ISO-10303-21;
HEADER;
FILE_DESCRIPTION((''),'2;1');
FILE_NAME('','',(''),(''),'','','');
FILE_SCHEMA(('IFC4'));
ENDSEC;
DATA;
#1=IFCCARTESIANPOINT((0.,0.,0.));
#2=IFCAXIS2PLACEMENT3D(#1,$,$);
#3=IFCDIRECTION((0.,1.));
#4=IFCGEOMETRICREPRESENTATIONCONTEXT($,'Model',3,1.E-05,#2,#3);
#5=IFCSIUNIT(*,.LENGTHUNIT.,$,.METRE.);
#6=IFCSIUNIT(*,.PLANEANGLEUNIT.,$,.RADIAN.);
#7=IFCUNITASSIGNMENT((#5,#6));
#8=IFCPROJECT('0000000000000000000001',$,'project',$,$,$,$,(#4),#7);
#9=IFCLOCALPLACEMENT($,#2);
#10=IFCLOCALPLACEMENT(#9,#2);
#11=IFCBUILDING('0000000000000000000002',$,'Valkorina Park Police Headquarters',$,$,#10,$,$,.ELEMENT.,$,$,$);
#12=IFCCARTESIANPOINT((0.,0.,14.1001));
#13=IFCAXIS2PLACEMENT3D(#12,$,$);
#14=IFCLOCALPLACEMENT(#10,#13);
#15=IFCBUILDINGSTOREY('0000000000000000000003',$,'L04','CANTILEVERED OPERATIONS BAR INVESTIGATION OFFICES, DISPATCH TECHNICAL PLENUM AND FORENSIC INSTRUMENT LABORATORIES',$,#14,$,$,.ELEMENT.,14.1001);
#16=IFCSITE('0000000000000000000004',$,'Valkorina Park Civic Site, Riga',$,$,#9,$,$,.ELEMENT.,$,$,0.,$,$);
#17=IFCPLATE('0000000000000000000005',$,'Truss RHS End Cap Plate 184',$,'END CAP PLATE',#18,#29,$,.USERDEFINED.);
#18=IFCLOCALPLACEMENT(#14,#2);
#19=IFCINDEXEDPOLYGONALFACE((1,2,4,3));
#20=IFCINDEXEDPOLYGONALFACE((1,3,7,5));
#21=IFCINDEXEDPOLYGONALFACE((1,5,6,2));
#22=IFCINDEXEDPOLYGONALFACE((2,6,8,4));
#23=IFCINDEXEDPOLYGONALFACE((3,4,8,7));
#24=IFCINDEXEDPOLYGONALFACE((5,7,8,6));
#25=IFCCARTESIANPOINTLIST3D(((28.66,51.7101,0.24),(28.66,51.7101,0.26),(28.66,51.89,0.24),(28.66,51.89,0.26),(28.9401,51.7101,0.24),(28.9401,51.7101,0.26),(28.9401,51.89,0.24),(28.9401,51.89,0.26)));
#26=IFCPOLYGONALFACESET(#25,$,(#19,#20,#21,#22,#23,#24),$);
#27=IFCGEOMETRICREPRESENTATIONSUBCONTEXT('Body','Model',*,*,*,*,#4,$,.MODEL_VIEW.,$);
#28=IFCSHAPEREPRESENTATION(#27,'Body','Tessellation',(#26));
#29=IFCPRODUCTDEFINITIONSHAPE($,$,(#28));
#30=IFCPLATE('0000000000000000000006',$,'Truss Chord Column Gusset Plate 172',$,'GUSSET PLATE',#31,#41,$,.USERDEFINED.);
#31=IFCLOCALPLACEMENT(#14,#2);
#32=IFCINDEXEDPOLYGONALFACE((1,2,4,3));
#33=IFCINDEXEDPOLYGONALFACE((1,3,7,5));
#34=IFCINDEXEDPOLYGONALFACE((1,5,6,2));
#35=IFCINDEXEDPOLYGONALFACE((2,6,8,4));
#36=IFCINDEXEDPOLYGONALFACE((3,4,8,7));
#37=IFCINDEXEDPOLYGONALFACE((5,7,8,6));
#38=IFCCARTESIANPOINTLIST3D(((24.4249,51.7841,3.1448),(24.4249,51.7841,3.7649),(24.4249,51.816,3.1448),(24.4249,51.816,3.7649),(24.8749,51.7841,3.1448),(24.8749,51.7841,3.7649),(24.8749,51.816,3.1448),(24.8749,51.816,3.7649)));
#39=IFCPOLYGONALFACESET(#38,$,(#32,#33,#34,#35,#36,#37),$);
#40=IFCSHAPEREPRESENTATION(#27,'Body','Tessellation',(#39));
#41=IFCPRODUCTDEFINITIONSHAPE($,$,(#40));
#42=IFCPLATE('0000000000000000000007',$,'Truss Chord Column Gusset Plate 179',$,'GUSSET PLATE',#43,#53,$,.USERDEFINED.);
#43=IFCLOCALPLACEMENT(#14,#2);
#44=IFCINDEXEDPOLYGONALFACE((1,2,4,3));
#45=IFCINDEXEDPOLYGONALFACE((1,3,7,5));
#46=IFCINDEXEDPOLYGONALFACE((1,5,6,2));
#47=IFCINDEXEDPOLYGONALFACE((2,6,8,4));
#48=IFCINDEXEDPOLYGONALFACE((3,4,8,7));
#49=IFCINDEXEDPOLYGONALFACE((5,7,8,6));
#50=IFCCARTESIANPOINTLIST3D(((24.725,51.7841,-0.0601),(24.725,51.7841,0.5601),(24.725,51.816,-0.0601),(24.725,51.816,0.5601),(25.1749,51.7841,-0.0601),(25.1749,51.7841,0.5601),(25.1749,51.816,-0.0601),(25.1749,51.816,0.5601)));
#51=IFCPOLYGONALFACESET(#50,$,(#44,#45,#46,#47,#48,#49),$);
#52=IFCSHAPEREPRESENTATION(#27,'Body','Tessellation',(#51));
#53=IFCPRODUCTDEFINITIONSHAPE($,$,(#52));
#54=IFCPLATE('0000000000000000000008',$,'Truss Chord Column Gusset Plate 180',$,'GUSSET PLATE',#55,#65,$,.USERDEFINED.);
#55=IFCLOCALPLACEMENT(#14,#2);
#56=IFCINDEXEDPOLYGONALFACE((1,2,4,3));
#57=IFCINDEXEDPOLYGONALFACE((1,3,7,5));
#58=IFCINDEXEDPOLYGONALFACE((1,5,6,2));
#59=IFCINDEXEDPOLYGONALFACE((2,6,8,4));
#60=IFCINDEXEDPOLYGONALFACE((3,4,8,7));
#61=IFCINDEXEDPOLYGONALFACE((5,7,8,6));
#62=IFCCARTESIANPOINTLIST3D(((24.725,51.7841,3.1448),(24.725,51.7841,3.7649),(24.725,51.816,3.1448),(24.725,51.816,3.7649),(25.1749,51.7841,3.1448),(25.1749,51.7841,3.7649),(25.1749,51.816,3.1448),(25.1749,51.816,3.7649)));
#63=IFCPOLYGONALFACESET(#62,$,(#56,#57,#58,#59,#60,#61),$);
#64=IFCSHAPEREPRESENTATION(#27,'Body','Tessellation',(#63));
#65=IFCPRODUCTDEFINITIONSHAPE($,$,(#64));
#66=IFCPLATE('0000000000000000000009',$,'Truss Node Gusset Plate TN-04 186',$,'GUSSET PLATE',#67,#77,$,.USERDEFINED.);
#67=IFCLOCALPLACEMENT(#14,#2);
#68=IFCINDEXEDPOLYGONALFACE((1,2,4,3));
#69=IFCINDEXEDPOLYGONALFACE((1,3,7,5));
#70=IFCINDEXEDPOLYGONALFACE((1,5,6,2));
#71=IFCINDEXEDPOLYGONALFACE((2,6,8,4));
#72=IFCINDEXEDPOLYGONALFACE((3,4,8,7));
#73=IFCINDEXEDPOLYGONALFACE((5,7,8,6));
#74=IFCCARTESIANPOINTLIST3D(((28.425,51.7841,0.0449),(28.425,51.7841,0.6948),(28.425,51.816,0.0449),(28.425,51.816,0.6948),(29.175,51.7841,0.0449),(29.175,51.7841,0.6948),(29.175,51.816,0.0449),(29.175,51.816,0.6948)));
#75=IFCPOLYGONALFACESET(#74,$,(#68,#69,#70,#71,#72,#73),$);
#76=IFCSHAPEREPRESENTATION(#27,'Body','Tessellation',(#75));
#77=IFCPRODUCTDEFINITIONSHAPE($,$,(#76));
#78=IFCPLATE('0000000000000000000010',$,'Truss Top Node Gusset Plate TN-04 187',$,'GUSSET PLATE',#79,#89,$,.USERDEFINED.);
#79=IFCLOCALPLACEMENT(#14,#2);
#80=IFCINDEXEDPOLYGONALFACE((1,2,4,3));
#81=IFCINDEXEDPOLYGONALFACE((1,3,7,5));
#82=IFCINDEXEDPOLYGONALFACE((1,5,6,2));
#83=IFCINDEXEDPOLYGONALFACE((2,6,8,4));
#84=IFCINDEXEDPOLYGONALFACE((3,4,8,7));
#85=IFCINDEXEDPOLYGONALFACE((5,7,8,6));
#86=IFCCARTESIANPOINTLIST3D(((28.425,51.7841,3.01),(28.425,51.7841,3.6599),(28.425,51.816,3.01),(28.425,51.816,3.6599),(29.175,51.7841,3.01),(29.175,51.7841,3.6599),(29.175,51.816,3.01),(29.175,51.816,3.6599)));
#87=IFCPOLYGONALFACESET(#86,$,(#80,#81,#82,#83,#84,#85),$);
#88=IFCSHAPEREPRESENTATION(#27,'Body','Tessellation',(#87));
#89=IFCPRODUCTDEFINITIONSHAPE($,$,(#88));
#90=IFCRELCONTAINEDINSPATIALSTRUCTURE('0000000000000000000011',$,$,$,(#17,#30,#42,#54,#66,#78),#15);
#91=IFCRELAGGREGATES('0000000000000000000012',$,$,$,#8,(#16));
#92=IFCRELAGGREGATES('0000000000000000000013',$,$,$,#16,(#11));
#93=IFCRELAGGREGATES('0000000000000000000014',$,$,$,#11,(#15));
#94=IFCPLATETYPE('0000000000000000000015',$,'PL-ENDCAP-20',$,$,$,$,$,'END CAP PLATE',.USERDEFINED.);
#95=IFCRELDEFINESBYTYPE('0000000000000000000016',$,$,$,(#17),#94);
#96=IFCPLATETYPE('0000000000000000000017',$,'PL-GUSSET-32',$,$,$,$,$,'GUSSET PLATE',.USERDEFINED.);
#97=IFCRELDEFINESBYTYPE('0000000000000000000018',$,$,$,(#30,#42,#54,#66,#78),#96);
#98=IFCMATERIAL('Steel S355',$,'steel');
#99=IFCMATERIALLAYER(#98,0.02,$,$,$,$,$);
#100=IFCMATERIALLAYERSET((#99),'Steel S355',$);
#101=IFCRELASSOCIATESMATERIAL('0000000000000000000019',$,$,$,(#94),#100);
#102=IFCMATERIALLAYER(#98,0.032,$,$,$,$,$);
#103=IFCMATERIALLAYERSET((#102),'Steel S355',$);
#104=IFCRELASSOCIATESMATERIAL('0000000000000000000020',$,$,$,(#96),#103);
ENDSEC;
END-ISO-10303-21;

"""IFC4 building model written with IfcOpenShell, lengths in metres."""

from ifc_helpers import new_model, si_unit, direction, frame, origin, origin_2d, place, context, subcontext, project, spatial, rectangle, extrude, material, layer, layer_set, type_object, element, save


model = new_model("IFC4")

# Units and contexts
model_context = context("Model", 3, precision=1e-05, world=origin(), true_north=direction((0.0, 1.0)))
body_context = subcontext(model_context, "Body", "Model", "MODEL_VIEW")
ifc_project = project(units=[si_unit("LENGTHUNIT", "METRE"), si_unit("PLANEANGLEUNIT", "RADIAN")], contexts=[model_context])

# Site, building, storey
site_placement = place(None, origin())
site = spatial("IfcSite", under=ifc_project, at=site_placement, Name="Valkorina Park Civic Site, Riga", CompositionType="ELEMENT", RefElevation=0.0)
building_placement = place(site_placement, origin())
building = spatial("IfcBuilding", under=site, at=building_placement, Name="Valkorina Park Police Headquarters", CompositionType="ELEMENT")
storey_placement = place(building_placement, frame((0.0, 0.0, 14.1001)))
storey = spatial("IfcBuildingStorey", under=building, at=storey_placement, Name="L04", Description="CANTILEVERED OPERATIONS BAR INVESTIGATION OFFICES, DISPATCH TECHNICAL PLENUM AND FORENSIC INSTRUMENT LABORATORIES", CompositionType="ELEMENT", Elevation=14.1001)

# Shared definitions
ifc_material = material(Name="Steel S355", Category="steel")

# Plates
ifc_layer_1 = layer(ifc_material, 0.02)
ifc_layer_set_1 = layer_set([ifc_layer_1], Name="Steel S355")
plate_type_1 = type_object("IfcPlateType", Name="PL-ENDCAP-20", ElementType="END CAP PLATE", PredefinedType="USERDEFINED", material=ifc_layer_set_1)
for number, where, z_axis, x_axis, name in (
    (1, (28.8, 51.8, 0.24), (0.0, 0.0, 1.0), (1.0, 0.0, 0.0), "Truss RHS End Cap Plate 184"),
):
    element("IfcPlate", number, at=place(storey_placement, frame(where, z_axis=z_axis, x_axis=x_axis)), inside=storey, type_object=plate_type_1, Name=name, ObjectType="END CAP PLATE", PredefinedType="USERDEFINED", context=body_context, shape_type="SweptSolid", body=[
        extrude(rectangle(XDim=0.28, YDim=0.1799, at=origin_2d()), origin(), (0.0, 0.0, 1.0), 0.02),
    ])
ifc_layer_2 = layer(ifc_material, 0.032)
ifc_layer_set_2 = layer_set([ifc_layer_2], Name="Steel S355")
plate_type_2 = type_object("IfcPlateType", Name="PL-GUSSET-32", ElementType="GUSSET PLATE", PredefinedType="USERDEFINED", material=ifc_layer_set_2)
for number, where, z_axis, x_axis, name in (
    (2, (24.6499, 51.8, 3.1448), (0.0, 0.0, 1.0), (1.0, 0.0, 0.0), "Truss Chord Column Gusset Plate 172"),
    (3, (24.95, 51.8, -0.0601), (0.0, 0.0, 1.0), (1.0, 0.0, 0.0), "Truss Chord Column Gusset Plate 179"),
    (4, (24.95, 51.8, 3.1448), (0.0, 0.0, 1.0), (1.0, 0.0, 0.0), "Truss Chord Column Gusset Plate 180"),
):
    element("IfcPlate", number, at=place(storey_placement, frame(where, z_axis=z_axis, x_axis=x_axis)), inside=storey, type_object=plate_type_2, Name=name, ObjectType="GUSSET PLATE", PredefinedType="USERDEFINED", context=body_context, shape_type="SweptSolid", body=[
        extrude(rectangle(XDim=0.45, YDim=0.032, at=origin_2d()), origin(), (0.0, 0.0, 1.0), 0.6201),
    ])
for number, where, z_axis, x_axis, name in (
    (5, (28.8, 51.8, 0.0449), (0.0, 0.0, 1.0), (1.0, 0.0, 0.0), "Truss Node Gusset Plate TN-04 186"),
    (6, (28.8, 51.8, 3.01), (0.0, 0.0, 1.0), (1.0, 0.0, 0.0), "Truss Top Node Gusset Plate TN-04 187"),
):
    element("IfcPlate", number, at=place(storey_placement, frame(where, z_axis=z_axis, x_axis=x_axis)), inside=storey, type_object=plate_type_2, Name=name, ObjectType="GUSSET PLATE", PredefinedType="USERDEFINED", context=body_context, shape_type="SweptSolid", body=[
        extrude(rectangle(XDim=0.75, YDim=0.032, at=origin_2d()), origin(), (0.0, 0.0, 1.0), 0.6499),
    ])

save(model, "model.ifc")
